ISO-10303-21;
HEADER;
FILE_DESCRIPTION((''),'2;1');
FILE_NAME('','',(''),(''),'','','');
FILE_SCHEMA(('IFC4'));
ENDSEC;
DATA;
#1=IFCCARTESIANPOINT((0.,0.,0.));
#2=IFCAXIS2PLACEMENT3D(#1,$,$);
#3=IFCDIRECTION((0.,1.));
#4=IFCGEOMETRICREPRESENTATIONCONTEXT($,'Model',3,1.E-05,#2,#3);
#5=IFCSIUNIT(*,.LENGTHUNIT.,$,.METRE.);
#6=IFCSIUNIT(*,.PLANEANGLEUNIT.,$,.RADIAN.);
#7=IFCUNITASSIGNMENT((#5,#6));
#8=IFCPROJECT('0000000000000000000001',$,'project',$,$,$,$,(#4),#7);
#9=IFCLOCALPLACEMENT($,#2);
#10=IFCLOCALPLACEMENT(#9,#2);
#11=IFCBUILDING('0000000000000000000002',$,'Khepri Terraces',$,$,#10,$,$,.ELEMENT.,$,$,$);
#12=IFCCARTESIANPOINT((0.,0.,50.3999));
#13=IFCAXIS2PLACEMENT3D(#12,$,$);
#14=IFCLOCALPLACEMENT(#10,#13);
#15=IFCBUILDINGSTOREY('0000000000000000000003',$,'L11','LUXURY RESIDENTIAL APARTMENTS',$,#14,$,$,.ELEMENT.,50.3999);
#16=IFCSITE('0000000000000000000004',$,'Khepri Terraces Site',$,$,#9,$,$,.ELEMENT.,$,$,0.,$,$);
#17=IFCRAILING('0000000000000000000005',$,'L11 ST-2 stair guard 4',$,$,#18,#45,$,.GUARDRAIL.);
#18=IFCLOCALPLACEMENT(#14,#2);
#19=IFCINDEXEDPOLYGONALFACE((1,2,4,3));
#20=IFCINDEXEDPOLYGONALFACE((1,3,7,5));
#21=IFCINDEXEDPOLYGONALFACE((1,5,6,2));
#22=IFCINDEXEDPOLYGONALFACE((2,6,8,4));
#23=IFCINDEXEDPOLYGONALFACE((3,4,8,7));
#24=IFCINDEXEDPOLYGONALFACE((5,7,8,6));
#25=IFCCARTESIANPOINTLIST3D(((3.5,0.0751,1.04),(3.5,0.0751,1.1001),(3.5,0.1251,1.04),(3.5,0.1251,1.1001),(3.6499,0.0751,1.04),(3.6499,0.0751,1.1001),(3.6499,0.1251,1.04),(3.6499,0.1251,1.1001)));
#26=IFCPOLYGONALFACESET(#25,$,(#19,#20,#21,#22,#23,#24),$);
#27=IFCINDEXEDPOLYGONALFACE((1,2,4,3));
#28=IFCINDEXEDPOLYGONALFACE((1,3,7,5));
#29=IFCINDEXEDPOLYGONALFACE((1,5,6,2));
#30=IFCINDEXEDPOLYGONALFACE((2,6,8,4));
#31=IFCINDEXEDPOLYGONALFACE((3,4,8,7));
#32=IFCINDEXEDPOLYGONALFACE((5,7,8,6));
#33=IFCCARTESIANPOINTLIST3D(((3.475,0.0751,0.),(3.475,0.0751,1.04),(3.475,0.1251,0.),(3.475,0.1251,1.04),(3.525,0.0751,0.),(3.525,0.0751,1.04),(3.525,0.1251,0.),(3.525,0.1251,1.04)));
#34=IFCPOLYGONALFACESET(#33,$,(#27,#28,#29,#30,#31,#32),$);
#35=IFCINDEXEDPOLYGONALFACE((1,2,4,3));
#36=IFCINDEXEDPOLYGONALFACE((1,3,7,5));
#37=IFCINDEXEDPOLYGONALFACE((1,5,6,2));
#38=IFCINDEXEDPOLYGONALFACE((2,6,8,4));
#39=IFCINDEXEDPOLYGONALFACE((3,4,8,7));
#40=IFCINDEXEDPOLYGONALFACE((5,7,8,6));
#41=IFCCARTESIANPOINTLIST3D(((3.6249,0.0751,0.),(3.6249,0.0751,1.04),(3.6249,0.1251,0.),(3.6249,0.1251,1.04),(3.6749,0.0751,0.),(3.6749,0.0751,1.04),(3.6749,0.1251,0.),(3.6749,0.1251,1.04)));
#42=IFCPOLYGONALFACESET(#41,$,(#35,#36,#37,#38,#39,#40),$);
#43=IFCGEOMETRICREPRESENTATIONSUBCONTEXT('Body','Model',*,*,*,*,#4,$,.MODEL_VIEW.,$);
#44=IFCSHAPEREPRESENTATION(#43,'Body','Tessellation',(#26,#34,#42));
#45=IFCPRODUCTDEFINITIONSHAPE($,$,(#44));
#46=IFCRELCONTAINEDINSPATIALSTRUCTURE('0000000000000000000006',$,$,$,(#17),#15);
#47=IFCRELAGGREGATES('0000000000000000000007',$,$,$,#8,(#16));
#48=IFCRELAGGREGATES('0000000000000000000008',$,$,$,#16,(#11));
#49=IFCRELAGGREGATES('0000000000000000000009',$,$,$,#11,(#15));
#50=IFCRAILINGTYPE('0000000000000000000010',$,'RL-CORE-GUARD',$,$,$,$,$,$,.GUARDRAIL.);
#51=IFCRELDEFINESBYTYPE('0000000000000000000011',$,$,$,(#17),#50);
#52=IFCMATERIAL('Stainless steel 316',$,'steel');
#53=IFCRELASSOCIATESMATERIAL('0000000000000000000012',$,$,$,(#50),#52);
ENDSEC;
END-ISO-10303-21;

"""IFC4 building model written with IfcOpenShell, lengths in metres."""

from ifc_helpers import new_model, si_unit, direction, frame, origin, origin_2d, place, context, subcontext, project, spatial, rectangle, extrude, material, type_object, element, save


model = new_model("IFC4")

# Units and contexts
model_context = context("Model", 3, precision=1e-05, world=origin(), true_north=direction((0.0, 1.0)))
body_context = subcontext(model_context, "Body", "Model", "MODEL_VIEW")
ifc_project = project(units=[si_unit("LENGTHUNIT", "METRE"), si_unit("PLANEANGLEUNIT", "RADIAN")], contexts=[model_context])

# Site, building, storey
site_placement = place(None, origin())
site = spatial("IfcSite", under=ifc_project, at=site_placement, Name="Khepri Terraces Site", CompositionType="ELEMENT", RefElevation=0.0)
building_placement = place(site_placement, origin())
building = spatial("IfcBuilding", under=site, at=building_placement, Name="Khepri Terraces", CompositionType="ELEMENT")
storey_placement = place(building_placement, frame((0.0, 0.0, 50.3999)))
storey = spatial("IfcBuildingStorey", under=building, at=storey_placement, Name="L11", Description="LUXURY RESIDENTIAL APARTMENTS", CompositionType="ELEMENT", Elevation=50.3999)

# Railing
ifc_material_1 = material(Name="Stainless steel 316", Category="steel")
railing_type = type_object("IfcRailingType", Name="RL-CORE-GUARD", PredefinedType="GUARDRAIL", material=ifc_material_1)
railing_placement = place(storey_placement, frame((3.5, 0.1001, 0.0)))
element("IfcRailing", 1, at=railing_placement, inside=storey, type_object=railing_type, Name="L11 ST-2 stair guard 4", PredefinedType="GUARDRAIL", context=body_context, shape_type="SweptSolid", body=[
    extrude(rectangle(XDim=0.05, YDim=0.0601, at=origin_2d()), frame((0.0, 0.0, 1.0701), z_axis=(1.0, 0.0, 0.0), x_axis=(0.0, 1.0, 0.0)), (0.0, 0.0, 1.0), 0.1499),
    extrude(rectangle(XDim=0.05, YDim=0.05, at=origin_2d()), origin(), (0.0, 0.0, 1.0), 1.04),
    extrude(rectangle(XDim=0.05, YDim=0.05, at=origin_2d()), frame((0.1499, 0.0, 0.0)), (0.0, 0.0, 1.0), 1.04),
])

save(model, "model.ifc")
